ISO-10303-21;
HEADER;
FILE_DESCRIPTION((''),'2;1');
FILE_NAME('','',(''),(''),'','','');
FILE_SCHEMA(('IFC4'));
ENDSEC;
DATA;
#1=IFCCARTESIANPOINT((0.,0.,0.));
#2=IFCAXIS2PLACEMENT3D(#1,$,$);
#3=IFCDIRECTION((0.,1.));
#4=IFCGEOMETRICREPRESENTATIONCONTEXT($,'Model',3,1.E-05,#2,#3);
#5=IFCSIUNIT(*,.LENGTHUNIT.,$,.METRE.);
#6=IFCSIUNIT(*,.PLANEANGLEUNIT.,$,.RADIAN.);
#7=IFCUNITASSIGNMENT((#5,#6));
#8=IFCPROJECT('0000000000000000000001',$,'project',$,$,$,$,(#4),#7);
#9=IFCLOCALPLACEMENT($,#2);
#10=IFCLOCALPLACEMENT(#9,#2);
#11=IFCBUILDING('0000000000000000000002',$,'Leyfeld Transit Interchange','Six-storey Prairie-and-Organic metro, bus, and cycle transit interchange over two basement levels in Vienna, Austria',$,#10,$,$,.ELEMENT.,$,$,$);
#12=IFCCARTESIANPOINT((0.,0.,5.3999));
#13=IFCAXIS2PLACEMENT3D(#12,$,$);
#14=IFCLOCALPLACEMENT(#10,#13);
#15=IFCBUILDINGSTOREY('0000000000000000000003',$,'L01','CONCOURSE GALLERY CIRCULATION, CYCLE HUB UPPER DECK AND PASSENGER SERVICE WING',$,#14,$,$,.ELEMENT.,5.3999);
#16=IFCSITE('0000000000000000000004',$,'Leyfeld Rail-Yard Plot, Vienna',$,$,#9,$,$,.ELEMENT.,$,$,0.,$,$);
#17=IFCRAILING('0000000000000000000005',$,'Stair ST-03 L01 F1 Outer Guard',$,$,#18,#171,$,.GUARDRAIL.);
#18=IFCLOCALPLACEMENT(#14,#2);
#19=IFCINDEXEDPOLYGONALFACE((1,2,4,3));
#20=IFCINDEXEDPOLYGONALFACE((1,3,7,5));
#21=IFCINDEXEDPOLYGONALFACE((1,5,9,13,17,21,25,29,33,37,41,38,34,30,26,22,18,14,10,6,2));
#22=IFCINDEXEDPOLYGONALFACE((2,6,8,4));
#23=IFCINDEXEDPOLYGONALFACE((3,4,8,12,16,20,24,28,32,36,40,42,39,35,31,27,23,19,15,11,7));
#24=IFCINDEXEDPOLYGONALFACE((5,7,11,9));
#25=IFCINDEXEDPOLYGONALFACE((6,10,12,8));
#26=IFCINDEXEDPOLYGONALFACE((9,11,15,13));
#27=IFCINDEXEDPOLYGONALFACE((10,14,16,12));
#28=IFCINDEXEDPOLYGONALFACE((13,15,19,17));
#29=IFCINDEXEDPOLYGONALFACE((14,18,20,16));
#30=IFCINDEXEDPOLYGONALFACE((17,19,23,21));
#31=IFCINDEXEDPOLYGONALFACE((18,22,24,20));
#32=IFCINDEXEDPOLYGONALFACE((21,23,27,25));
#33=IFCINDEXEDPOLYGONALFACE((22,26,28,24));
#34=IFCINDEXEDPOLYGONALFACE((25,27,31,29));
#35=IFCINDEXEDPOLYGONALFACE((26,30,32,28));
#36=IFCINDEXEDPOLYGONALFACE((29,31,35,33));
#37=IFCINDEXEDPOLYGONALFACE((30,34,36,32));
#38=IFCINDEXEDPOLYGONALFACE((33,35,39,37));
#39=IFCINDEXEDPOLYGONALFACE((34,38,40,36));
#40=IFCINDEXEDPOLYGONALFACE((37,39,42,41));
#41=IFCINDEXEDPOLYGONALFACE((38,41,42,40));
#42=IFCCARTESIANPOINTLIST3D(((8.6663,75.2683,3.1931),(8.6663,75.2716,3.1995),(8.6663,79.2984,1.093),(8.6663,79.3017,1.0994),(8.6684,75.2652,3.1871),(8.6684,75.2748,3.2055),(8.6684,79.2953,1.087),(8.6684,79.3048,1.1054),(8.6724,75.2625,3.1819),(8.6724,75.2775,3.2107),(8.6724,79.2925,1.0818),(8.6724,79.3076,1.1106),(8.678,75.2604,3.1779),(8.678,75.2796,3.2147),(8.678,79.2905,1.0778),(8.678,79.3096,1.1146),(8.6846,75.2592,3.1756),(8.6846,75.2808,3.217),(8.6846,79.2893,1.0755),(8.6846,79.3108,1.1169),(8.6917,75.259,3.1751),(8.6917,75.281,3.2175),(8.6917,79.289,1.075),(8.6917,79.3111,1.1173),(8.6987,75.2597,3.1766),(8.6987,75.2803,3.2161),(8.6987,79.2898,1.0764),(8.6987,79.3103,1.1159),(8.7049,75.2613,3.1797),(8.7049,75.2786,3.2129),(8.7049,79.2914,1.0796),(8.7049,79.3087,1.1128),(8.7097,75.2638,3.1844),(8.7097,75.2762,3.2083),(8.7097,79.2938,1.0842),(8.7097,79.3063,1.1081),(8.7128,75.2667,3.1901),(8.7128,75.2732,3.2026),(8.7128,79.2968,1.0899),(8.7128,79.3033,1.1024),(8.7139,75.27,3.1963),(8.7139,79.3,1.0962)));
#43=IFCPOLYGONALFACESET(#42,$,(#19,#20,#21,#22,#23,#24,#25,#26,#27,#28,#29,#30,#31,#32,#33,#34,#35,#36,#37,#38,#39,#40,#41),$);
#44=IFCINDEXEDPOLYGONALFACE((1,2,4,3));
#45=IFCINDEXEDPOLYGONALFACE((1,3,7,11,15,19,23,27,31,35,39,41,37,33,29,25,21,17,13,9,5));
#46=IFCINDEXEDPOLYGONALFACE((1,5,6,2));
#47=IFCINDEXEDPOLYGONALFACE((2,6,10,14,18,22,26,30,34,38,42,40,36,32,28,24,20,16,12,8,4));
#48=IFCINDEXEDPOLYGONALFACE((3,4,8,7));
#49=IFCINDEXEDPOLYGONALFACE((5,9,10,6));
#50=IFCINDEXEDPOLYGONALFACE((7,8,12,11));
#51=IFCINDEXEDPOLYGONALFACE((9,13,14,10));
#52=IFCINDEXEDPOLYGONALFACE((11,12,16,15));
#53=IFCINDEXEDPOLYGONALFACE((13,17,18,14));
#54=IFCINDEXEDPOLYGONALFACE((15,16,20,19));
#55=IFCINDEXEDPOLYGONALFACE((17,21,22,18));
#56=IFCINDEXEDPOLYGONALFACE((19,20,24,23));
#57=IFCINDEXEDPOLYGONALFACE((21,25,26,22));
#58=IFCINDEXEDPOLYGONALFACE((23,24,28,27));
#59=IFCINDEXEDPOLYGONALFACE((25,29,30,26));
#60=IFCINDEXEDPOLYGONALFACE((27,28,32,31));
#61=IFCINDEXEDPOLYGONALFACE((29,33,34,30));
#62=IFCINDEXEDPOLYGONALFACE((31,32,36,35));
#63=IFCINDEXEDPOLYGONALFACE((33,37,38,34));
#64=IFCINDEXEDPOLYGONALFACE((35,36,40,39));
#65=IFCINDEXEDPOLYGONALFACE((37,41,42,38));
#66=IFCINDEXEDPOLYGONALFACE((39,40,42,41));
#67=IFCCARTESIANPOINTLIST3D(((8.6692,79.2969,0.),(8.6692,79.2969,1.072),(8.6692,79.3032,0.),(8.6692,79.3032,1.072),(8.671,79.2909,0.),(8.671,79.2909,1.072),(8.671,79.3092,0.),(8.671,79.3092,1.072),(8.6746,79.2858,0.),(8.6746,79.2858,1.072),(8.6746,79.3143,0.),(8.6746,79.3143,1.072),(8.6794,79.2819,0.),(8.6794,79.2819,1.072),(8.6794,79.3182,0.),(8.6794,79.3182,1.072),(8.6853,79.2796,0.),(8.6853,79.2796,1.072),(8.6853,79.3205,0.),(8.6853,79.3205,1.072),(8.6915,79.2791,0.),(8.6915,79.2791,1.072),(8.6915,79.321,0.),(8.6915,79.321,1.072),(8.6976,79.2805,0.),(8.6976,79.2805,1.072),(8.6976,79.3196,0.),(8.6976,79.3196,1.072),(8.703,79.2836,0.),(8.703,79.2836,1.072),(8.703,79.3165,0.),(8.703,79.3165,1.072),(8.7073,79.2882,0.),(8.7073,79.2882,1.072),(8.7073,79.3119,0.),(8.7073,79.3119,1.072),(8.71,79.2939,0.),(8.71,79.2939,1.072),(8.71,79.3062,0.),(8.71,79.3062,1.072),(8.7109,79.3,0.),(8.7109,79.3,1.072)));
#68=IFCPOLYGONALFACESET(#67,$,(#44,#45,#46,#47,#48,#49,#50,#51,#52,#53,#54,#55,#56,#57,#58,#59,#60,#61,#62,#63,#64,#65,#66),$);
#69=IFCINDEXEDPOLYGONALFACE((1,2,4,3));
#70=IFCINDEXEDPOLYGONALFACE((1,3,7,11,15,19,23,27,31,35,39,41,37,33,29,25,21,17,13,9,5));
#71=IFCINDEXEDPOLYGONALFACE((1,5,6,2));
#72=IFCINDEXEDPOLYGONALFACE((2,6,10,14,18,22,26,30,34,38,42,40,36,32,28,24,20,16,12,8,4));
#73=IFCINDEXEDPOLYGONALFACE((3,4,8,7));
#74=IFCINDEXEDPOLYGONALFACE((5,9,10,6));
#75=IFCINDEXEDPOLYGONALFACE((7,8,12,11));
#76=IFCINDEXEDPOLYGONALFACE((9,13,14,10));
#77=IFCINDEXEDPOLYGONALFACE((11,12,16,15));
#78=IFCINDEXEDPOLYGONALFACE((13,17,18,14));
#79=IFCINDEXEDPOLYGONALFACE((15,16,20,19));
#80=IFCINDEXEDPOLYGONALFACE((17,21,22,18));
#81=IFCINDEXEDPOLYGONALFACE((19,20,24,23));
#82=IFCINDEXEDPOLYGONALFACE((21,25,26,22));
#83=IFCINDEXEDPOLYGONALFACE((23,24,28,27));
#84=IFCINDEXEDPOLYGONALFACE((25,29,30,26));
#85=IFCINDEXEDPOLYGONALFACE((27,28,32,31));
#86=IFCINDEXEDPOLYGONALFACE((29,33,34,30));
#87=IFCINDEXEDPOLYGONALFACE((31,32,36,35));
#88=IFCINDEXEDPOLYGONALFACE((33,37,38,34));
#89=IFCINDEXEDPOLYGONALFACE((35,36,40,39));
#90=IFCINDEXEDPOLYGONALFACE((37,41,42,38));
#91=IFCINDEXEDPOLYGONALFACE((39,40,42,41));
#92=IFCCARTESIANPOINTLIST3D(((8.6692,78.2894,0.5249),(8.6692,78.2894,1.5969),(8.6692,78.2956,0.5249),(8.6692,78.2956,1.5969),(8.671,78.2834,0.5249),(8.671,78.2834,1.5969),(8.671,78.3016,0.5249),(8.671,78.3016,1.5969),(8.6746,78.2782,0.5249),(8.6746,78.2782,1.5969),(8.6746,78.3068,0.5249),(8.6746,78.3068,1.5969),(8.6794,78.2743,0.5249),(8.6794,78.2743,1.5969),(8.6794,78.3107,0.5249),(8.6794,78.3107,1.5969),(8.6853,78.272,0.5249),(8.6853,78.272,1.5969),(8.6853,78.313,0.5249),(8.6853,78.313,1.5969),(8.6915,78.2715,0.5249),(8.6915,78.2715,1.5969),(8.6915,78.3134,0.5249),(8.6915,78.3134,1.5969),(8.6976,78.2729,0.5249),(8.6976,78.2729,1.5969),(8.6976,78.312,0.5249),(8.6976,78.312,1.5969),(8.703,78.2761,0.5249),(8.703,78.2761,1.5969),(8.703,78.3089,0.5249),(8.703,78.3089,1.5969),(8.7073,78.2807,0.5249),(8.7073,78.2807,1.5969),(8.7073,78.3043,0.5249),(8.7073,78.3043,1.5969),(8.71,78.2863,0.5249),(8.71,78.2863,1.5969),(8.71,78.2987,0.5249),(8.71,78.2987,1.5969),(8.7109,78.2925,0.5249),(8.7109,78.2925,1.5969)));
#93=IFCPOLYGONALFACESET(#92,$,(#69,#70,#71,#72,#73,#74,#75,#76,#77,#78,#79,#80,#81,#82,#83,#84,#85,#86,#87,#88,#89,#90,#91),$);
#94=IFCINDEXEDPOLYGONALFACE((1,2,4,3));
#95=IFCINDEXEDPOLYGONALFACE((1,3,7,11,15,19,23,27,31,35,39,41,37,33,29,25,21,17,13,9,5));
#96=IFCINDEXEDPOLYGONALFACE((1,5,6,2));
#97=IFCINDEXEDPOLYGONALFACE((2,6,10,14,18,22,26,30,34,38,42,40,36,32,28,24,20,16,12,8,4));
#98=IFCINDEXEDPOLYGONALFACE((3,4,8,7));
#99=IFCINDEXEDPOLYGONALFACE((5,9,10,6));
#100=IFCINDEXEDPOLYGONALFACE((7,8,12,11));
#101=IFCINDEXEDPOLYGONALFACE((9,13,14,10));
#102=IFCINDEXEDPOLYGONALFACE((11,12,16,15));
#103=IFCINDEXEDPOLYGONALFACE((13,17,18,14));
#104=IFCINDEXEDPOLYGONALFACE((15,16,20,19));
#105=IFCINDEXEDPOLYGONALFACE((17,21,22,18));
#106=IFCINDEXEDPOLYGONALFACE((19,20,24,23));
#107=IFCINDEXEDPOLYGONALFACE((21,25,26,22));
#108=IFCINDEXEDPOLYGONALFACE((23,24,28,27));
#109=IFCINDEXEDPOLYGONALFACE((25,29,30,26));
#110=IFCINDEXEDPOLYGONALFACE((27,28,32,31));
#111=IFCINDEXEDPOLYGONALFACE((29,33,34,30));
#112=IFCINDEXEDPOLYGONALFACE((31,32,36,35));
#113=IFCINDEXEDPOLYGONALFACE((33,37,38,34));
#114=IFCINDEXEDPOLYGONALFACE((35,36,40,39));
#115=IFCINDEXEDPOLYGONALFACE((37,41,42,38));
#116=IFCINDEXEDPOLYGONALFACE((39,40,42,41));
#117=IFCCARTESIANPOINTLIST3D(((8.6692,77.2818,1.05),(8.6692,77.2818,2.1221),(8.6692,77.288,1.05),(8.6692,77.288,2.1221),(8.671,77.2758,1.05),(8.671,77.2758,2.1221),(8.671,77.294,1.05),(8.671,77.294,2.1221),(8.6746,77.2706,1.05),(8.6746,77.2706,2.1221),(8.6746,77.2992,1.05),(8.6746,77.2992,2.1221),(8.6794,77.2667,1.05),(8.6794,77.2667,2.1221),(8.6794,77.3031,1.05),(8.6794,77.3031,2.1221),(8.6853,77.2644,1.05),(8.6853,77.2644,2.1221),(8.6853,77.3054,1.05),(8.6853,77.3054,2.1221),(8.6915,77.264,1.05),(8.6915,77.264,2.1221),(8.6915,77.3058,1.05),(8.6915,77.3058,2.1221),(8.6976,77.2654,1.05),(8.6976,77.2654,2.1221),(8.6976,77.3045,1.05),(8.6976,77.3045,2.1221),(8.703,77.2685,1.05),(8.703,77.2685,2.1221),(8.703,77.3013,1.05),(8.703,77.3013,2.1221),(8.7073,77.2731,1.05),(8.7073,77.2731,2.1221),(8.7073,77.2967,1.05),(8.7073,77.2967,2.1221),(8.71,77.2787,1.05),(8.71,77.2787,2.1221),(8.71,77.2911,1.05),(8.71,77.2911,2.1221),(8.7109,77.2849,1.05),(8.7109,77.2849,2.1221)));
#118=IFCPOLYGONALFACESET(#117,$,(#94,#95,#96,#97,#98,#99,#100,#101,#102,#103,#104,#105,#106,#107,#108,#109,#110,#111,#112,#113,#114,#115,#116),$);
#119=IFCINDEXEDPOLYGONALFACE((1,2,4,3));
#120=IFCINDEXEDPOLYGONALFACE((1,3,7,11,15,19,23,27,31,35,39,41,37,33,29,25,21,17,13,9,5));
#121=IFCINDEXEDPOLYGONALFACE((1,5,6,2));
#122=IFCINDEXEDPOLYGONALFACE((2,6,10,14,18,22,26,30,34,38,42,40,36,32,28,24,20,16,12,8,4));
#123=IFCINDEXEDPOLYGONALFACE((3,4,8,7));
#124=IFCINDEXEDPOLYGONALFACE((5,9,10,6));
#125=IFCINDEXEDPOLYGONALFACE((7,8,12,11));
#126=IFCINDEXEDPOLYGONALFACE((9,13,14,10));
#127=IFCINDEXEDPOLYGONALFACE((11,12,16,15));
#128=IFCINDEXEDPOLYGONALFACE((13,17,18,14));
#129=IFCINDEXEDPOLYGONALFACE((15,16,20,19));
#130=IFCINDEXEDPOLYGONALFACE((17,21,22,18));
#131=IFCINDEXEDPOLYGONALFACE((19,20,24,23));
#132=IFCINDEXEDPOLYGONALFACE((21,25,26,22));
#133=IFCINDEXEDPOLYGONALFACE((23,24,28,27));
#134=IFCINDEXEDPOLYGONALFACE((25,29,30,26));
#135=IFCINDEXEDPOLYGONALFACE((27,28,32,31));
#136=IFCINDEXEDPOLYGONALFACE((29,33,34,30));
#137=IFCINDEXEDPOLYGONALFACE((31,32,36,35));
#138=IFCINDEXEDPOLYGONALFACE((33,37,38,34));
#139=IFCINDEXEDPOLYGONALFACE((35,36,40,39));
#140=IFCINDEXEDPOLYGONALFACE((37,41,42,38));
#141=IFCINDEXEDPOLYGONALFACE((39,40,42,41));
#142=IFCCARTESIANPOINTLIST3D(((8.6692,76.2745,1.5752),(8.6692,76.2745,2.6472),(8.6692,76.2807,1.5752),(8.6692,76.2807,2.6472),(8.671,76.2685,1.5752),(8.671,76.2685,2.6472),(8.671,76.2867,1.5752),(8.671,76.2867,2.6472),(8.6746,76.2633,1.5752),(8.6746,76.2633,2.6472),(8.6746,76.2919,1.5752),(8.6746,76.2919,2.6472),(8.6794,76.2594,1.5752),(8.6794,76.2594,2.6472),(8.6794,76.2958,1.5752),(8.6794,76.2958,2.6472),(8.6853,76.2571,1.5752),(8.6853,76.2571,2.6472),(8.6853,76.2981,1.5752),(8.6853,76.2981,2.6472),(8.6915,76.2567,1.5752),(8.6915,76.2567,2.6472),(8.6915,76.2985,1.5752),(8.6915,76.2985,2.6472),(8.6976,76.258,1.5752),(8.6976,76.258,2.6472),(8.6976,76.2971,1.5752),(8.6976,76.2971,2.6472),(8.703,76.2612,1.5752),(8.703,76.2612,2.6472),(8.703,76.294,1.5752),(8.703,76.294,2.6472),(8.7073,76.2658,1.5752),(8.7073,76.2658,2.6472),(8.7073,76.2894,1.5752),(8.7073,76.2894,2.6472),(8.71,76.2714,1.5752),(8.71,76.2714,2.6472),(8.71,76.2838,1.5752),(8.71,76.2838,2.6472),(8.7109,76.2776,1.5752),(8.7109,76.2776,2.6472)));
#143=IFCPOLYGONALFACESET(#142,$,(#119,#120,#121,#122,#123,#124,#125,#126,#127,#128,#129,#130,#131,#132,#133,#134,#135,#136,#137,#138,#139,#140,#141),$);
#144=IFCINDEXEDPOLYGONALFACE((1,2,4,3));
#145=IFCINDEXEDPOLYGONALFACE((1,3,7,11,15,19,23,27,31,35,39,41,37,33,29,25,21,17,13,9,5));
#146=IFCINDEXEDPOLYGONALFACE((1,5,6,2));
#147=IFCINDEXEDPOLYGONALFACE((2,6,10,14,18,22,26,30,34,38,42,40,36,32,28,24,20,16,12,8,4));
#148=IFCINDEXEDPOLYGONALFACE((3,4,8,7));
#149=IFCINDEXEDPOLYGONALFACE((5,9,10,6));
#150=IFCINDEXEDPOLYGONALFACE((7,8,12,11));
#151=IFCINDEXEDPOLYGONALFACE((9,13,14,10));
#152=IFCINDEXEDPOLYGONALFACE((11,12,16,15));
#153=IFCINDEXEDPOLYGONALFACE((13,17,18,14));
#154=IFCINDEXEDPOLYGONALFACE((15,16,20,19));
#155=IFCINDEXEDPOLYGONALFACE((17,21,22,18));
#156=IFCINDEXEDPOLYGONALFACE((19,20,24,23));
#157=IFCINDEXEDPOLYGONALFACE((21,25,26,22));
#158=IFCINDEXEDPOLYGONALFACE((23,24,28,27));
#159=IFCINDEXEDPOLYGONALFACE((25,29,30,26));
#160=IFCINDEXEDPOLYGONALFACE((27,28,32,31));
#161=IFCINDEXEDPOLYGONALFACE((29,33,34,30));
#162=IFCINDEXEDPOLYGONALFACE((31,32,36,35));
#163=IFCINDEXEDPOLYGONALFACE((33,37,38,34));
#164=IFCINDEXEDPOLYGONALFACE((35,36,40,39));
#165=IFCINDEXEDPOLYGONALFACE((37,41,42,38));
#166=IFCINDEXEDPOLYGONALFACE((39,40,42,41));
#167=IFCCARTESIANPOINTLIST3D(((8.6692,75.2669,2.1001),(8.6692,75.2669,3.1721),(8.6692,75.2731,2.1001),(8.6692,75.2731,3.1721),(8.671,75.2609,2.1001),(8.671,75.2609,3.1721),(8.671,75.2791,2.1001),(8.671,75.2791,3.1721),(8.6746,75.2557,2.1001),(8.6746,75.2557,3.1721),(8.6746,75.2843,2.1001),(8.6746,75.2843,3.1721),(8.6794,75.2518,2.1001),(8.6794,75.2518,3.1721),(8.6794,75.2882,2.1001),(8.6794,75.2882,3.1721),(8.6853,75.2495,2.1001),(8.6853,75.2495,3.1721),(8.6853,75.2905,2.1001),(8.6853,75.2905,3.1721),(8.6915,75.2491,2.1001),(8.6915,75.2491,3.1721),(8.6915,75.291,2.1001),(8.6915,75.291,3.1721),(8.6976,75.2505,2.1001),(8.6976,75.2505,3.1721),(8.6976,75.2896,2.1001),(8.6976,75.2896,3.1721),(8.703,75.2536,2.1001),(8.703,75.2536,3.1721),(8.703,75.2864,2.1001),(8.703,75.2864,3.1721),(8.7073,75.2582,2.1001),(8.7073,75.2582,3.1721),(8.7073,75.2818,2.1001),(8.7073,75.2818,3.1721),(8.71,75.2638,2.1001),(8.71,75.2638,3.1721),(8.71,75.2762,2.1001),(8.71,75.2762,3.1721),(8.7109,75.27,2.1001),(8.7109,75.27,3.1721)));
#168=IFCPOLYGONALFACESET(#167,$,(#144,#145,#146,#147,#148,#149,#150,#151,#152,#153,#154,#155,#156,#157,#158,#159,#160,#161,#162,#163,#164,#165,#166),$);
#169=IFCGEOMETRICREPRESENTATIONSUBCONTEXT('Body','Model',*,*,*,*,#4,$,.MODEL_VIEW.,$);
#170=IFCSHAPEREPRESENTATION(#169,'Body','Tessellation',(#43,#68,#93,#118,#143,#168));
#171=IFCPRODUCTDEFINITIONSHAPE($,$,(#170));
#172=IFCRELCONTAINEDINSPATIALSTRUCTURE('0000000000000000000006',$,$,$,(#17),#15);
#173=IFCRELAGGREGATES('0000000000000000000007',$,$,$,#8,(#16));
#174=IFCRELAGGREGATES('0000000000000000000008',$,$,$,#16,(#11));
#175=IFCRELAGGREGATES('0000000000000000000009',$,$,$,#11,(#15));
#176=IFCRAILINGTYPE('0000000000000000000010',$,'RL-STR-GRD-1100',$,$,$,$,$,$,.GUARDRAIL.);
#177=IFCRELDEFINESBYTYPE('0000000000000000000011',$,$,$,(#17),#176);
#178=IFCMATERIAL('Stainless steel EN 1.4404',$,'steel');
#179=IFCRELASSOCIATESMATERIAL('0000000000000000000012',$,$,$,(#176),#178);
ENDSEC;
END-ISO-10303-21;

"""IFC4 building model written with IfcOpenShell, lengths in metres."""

from ifc_helpers import new_model, si_unit, direction, frame, origin, origin_2d, place, context, subcontext, project, spatial, circle, extrude, material, type_object, element, save


model = new_model("IFC4")

# Units and contexts
model_context = context("Model", 3, precision=1e-05, world=origin(), true_north=direction((0.0, 1.0)))
body_context = subcontext(model_context, "Body", "Model", "MODEL_VIEW")
ifc_project = project(units=[si_unit("LENGTHUNIT", "METRE"), si_unit("PLANEANGLEUNIT", "RADIAN")], contexts=[model_context])

# Site, building, storey
site_placement = place(None, origin())
site = spatial("IfcSite", under=ifc_project, at=site_placement, Name="Leyfeld Rail-Yard Plot, Vienna", CompositionType="ELEMENT", RefElevation=0.0)
building_placement = place(site_placement, origin())
building = spatial("IfcBuilding", under=site, at=building_placement, Name="Leyfeld Transit Interchange", Description="Six-storey Prairie-and-Organic metro, bus, and cycle transit interchange over two basement levels in Vienna, Austria", CompositionType="ELEMENT")
storey_placement = place(building_placement, frame((0.0, 0.0, 5.3999)))
storey = spatial("IfcBuildingStorey", under=building, at=storey_placement, Name="L01", Description="CONCOURSE GALLERY CIRCULATION, CYCLE HUB UPPER DECK AND PASSENGER SERVICE WING", CompositionType="ELEMENT", Elevation=5.3999)

# Railing
ifc_material_1 = material(Name="Stainless steel EN 1.4404", Category="steel")
railing_type_1 = type_object("IfcRailingType", Name="RL-STR-GRD-1100", PredefinedType="GUARDRAIL", material=ifc_material_1)
for number, where, name in (
    (1, (8.6899, 79.3, 0.0), "Stair ST-03 L01 F1 Outer Guard"),
):
    element("IfcRailing", number, at=place(storey_placement, frame(where)), inside=storey, type_object=railing_type_1, Name=name, PredefinedType="GUARDRAIL", context=body_context, shape_type="SweptSolid", body=[
        extrude(circle(Radius=0.0239, at=origin_2d()), frame((0.0, 0.0, 1.0962), z_axis=(0.0, -0.886813, 0.462129), x_axis=(1.0, 0.0, 0.0)), (0.0, 0.0, 1.0), 4.5444),
        extrude(circle(Radius=0.021, at=origin_2d()), origin(), (0.0, 0.0, 1.0), 1.072),
        extrude(circle(Radius=0.021, at=origin_2d()), frame((0.0, -1.0076, 0.5249)), (0.0, 0.0, 1.0), 1.072),
        extrude(circle(Radius=0.021, at=origin_2d()), frame((0.0, -2.0151, 1.05)), (0.0, 0.0, 1.0), 1.072),
        extrude(circle(Radius=0.021, at=origin_2d()), frame((0.0, -3.0225, 1.5752)), (0.0, 0.0, 1.0), 1.072),
        extrude(circle(Radius=0.021, at=origin_2d()), frame((0.0, -4.03, 2.1001)), (0.0, 0.0, 1.0), 1.072),
    ])

save(model, "model.ifc")
